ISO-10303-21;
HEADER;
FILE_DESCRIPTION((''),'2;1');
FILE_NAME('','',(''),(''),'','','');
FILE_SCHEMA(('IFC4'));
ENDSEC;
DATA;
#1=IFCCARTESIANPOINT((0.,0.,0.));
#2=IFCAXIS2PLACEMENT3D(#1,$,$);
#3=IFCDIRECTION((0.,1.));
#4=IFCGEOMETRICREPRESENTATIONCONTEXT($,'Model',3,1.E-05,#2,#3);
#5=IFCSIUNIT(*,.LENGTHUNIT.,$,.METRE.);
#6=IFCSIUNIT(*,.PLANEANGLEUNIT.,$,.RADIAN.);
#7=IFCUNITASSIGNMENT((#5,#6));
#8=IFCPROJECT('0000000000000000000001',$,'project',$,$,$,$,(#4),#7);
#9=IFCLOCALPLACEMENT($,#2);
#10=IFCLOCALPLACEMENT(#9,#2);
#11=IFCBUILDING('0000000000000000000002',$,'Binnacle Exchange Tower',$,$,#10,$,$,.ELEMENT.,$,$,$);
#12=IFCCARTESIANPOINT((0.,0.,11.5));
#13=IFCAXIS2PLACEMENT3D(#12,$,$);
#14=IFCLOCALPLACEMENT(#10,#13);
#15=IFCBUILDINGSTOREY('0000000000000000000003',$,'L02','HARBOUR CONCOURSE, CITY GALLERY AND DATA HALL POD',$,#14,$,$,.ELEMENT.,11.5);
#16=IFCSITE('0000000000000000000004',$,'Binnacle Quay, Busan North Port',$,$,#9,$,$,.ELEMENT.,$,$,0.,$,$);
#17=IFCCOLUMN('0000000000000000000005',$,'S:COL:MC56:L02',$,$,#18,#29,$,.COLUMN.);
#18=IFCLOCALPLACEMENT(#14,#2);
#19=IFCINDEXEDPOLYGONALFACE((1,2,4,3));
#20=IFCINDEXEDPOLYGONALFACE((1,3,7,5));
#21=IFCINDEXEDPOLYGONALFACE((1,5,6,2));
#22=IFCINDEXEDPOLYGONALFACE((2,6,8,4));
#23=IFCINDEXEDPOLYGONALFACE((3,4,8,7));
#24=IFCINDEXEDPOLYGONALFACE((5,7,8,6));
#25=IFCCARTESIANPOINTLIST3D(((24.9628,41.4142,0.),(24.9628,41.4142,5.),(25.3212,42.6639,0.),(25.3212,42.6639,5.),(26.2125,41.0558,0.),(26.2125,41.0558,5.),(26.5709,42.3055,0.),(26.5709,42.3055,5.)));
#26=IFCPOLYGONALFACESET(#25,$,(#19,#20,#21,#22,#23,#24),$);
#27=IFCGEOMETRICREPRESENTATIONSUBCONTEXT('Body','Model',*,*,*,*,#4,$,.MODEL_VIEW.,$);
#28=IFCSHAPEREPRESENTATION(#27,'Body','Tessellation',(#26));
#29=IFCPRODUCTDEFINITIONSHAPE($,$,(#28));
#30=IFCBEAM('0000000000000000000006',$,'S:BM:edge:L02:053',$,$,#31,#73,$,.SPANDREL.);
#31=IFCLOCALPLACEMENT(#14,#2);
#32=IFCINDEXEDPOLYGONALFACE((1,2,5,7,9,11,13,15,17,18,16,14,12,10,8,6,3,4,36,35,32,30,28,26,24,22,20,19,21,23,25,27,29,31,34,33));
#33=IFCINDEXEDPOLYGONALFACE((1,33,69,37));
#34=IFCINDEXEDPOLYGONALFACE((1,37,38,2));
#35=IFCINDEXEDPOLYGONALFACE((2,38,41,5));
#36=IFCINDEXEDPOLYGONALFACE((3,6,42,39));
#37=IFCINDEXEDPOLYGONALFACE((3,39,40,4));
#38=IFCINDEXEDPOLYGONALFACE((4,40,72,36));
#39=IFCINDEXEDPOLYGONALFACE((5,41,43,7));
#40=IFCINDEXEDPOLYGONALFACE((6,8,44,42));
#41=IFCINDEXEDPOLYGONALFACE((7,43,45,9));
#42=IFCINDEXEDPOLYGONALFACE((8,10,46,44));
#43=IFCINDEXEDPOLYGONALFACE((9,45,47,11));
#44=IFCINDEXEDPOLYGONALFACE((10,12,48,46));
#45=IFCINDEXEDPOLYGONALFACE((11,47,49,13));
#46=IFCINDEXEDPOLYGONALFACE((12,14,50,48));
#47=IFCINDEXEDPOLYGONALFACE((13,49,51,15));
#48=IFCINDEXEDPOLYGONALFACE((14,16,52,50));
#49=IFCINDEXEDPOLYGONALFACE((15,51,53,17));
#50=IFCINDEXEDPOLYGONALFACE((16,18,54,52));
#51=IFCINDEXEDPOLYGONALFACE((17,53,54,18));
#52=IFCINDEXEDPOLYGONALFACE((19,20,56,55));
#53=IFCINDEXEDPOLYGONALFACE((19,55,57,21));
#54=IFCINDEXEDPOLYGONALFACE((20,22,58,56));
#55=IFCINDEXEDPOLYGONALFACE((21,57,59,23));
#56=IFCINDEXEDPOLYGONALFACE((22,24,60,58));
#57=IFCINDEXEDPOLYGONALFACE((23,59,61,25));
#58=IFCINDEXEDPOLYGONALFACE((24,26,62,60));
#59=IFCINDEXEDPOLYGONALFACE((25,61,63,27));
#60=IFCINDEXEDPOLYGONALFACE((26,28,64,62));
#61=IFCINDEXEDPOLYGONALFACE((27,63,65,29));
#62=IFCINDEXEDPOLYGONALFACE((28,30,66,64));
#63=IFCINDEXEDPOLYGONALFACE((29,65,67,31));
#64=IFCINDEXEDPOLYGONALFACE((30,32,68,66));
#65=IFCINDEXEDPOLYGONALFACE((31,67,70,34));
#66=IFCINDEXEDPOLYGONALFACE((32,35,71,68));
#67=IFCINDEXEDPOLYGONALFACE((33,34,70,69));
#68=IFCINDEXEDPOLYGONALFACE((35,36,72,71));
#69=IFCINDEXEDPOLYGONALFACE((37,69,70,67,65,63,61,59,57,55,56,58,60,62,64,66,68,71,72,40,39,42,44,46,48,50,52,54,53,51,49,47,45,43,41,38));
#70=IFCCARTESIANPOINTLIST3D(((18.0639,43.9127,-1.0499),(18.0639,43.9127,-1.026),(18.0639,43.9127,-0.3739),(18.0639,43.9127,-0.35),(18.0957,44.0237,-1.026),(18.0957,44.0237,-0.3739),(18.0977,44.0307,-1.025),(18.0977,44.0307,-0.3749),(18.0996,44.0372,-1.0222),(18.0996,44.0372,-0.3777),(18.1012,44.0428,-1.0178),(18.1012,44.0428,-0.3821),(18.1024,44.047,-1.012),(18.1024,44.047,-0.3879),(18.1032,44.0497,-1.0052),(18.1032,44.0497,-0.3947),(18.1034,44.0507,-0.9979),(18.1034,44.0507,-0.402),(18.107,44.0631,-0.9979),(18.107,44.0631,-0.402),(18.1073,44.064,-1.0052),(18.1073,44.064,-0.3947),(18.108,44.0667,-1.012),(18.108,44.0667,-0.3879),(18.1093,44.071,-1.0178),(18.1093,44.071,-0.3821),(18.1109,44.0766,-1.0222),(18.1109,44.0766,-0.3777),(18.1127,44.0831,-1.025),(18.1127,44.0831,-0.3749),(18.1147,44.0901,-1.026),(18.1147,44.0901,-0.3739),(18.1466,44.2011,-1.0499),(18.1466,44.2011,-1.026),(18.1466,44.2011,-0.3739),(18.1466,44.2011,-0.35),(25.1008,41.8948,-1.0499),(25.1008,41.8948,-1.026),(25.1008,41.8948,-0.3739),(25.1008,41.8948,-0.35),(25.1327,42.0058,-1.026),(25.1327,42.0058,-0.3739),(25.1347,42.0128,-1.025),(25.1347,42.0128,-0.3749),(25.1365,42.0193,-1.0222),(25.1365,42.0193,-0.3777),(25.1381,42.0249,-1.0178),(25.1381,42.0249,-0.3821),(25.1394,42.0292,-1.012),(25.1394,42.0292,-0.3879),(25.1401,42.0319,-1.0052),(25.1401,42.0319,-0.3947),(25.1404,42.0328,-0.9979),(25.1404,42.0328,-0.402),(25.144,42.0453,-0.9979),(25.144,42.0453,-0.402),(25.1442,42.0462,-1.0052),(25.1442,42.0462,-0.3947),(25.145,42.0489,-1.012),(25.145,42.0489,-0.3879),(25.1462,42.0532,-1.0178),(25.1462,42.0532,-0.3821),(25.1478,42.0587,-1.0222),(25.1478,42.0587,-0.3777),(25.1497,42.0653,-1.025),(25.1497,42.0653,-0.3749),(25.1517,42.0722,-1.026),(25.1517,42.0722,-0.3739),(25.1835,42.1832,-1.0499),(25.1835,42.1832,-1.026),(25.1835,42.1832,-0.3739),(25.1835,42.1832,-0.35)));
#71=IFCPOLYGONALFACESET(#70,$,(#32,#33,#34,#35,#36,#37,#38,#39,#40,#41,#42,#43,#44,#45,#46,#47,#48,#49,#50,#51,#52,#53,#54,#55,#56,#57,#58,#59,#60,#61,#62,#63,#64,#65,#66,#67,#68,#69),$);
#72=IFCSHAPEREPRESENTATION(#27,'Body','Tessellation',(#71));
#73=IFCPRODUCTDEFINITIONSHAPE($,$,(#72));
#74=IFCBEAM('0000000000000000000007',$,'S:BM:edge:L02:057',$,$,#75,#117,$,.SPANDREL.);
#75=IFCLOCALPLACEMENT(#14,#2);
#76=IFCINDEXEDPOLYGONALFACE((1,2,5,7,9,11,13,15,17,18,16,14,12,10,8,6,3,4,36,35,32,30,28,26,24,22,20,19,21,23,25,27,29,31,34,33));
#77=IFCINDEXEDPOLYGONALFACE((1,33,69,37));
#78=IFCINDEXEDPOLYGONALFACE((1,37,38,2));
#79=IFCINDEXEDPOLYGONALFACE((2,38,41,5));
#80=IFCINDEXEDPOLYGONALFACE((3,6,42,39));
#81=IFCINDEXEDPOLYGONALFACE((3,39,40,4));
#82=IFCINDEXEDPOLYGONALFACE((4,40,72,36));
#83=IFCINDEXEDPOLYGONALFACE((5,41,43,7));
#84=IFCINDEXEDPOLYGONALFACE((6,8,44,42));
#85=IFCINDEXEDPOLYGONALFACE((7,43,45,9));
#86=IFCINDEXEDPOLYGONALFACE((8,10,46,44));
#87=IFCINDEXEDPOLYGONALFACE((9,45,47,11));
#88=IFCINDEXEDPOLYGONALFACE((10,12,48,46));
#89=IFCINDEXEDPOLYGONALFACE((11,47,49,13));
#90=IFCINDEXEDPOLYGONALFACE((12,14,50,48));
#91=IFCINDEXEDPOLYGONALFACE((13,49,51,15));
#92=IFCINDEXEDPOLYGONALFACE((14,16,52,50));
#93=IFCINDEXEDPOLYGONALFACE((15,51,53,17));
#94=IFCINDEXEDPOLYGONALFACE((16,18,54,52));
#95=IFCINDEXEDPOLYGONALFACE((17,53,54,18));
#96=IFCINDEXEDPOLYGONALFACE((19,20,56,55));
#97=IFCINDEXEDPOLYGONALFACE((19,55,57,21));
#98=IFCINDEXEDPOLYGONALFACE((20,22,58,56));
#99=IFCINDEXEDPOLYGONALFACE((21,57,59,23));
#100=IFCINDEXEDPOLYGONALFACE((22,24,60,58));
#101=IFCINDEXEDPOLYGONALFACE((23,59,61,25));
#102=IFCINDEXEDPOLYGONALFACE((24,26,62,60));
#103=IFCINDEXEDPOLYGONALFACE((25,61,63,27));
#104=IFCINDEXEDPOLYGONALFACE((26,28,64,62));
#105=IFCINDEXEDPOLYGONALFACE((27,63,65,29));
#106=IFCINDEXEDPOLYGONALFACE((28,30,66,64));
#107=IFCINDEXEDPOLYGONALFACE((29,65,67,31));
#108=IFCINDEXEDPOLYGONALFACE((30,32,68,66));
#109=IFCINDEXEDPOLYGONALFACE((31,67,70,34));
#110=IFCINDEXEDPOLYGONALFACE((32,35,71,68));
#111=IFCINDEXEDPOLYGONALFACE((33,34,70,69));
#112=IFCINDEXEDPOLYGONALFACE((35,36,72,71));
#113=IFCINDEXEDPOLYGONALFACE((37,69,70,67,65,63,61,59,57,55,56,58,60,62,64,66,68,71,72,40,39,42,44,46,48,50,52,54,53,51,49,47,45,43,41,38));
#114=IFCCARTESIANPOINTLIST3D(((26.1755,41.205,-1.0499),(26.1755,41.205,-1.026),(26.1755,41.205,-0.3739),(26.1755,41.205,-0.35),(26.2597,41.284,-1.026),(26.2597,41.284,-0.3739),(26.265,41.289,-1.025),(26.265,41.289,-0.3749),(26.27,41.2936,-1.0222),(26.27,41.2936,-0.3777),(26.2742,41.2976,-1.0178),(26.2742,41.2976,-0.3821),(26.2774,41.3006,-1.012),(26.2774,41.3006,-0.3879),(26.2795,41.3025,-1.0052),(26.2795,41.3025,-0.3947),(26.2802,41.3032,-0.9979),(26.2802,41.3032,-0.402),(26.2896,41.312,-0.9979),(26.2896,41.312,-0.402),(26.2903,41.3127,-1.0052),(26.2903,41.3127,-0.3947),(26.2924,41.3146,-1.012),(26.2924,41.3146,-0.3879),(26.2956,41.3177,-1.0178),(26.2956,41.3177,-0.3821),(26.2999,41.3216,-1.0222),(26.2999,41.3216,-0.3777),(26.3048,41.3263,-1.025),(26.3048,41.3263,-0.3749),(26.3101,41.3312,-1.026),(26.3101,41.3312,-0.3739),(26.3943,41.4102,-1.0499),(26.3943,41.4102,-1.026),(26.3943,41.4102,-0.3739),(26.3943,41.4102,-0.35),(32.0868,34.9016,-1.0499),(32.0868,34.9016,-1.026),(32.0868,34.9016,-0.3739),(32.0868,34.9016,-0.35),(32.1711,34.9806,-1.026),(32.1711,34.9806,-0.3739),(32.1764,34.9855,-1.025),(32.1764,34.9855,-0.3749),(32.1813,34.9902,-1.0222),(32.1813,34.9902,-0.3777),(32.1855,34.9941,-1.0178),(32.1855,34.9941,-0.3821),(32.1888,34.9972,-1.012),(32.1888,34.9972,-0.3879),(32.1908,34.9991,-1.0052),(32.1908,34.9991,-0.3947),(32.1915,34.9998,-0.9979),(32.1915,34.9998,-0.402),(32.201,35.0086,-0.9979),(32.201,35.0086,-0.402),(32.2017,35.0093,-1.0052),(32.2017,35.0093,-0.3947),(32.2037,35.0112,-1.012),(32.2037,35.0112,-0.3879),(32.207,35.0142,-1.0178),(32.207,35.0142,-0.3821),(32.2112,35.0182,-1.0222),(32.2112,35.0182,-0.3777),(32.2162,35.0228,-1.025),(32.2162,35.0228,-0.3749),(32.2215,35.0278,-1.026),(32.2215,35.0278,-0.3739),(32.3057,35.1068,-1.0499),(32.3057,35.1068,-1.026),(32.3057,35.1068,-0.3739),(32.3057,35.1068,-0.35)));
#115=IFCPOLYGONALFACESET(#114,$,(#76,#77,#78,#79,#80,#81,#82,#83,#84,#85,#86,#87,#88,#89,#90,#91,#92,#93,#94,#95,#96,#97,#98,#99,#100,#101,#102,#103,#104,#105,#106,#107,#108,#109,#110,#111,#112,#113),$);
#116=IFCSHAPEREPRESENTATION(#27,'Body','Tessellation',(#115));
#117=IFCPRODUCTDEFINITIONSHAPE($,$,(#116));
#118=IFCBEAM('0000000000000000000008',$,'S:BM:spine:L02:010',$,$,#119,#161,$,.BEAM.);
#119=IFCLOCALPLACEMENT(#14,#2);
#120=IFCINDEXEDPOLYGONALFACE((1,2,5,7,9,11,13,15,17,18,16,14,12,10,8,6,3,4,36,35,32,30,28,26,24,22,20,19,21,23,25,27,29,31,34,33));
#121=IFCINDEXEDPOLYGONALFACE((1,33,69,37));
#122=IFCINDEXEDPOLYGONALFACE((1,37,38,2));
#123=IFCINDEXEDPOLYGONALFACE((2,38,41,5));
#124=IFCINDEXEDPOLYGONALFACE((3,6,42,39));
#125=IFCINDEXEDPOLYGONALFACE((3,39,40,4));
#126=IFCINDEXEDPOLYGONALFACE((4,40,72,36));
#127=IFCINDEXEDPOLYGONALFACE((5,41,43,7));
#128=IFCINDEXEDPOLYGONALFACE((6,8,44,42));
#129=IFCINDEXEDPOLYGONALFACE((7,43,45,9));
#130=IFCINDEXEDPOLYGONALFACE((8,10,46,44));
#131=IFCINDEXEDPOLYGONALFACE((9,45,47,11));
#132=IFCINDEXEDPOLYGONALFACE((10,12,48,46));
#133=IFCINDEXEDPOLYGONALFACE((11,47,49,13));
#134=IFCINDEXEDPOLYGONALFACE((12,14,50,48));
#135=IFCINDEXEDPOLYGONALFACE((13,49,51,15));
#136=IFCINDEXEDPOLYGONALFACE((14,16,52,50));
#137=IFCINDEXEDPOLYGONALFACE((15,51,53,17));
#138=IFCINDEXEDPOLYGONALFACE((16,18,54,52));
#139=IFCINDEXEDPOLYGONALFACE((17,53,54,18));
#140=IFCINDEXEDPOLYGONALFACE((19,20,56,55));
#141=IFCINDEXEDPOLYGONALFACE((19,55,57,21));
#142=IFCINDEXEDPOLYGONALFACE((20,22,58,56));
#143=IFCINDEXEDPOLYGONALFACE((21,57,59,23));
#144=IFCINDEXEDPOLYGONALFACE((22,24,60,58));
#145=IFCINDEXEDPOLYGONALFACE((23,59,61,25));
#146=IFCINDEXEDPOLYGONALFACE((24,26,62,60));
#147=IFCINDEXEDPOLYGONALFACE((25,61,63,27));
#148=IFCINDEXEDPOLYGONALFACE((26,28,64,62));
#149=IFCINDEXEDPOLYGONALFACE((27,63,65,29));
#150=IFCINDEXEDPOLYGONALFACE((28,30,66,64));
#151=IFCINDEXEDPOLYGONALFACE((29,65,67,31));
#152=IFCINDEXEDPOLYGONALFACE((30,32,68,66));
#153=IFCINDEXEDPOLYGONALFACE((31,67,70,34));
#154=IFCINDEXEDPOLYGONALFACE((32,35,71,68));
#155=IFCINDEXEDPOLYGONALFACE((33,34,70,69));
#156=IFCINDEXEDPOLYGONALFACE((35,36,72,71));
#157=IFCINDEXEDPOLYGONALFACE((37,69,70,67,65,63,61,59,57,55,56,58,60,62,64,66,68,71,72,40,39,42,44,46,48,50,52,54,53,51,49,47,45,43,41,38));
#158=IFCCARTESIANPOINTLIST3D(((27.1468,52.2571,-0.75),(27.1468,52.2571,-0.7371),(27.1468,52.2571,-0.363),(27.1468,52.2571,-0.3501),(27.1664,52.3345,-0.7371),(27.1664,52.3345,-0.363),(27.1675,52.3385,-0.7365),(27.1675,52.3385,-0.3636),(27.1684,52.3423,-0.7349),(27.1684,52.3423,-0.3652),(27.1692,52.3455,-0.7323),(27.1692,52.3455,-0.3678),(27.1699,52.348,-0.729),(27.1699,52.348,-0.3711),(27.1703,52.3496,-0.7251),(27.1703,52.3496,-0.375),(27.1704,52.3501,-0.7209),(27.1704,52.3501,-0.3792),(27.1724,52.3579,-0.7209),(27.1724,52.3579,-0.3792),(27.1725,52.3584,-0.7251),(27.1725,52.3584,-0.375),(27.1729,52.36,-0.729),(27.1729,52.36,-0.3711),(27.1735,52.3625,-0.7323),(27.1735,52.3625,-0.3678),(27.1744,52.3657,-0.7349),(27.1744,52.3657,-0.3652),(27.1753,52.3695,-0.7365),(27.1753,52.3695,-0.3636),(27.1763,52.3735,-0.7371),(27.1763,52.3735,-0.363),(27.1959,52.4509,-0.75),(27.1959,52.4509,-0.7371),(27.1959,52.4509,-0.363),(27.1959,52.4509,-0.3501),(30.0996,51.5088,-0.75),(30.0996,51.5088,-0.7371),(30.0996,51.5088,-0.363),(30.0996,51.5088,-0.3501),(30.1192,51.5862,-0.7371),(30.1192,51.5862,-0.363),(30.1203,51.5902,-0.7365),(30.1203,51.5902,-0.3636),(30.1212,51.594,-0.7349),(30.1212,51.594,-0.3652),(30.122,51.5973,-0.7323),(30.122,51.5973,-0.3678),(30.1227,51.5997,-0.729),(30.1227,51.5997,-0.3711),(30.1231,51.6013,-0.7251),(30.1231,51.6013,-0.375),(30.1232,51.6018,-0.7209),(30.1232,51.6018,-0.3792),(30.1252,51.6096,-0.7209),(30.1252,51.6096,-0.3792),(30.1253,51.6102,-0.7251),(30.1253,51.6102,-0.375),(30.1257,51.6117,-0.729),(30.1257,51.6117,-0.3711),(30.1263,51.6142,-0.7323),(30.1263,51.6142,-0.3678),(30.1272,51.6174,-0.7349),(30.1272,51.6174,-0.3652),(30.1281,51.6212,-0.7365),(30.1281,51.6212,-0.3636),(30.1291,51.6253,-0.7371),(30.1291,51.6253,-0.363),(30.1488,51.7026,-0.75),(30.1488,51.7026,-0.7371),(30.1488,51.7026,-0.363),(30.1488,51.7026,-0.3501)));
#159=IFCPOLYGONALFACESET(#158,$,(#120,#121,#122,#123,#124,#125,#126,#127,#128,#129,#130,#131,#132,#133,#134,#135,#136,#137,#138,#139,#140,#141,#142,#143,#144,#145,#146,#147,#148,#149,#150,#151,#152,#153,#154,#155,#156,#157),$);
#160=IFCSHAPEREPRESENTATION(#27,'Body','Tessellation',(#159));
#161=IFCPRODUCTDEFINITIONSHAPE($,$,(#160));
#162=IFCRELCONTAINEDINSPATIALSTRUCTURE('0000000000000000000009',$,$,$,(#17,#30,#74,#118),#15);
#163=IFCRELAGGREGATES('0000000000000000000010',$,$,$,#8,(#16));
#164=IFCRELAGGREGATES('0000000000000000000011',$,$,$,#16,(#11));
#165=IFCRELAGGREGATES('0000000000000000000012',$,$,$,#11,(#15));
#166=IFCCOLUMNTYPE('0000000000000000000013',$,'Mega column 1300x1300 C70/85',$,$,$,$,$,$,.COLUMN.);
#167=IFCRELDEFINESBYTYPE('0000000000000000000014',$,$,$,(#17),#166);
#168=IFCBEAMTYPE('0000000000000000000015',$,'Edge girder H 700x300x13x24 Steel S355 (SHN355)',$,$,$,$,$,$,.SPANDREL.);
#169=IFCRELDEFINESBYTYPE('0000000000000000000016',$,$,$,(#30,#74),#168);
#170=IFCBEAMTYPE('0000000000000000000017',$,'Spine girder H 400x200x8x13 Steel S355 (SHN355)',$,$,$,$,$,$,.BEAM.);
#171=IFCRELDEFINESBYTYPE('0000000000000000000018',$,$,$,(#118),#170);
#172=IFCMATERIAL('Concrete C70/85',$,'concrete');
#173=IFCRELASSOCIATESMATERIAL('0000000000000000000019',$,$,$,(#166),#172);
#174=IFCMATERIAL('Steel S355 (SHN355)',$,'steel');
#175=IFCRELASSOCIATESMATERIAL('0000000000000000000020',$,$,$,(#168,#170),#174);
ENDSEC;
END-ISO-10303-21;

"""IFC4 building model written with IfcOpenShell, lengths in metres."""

from ifc_helpers import new_model, si_unit, direction, frame, origin, origin_2d, place, context, subcontext, project, spatial, rectangle, i_section, extrude, material, material_profile, profile_set, type_object, element, save


model = new_model("IFC4")

# Units and contexts
model_context = context("Model", 3, precision=1e-05, world=origin(), true_north=direction((0.0, 1.0)))
body_context = subcontext(model_context, "Body", "Model", "MODEL_VIEW")
ifc_project = project(units=[si_unit("LENGTHUNIT", "METRE"), si_unit("PLANEANGLEUNIT", "RADIAN")], contexts=[model_context])

# Site, building, storey
site_placement = place(None, origin())
site = spatial("IfcSite", under=ifc_project, at=site_placement, Name="Binnacle Quay, Busan North Port", CompositionType="ELEMENT", RefElevation=0.0)
building_placement = place(site_placement, origin())
building = spatial("IfcBuilding", under=site, at=building_placement, Name="Binnacle Exchange Tower", CompositionType="ELEMENT")
storey_placement = place(building_placement, frame((0.0, 0.0, 11.5)))
storey = spatial("IfcBuildingStorey", under=building, at=storey_placement, Name="L02", Description="HARBOUR CONCOURSE, CITY GALLERY AND DATA HALL POD", CompositionType="ELEMENT", Elevation=11.5)

# Column
ifc_material_1 = material(Name="Concrete C70/85", Category="concrete")
ifc_material_profile_1 = material_profile(ifc_material_1, rectangle(XDim=1.3, YDim=1.3, at=origin_2d()), Name="Mega column 1300x1300 C70/85")
ifc_profile_set_1 = profile_set([ifc_material_profile_1], Name="Concrete C70/85")
column_type = type_object("IfcColumnType", Name="Mega column 1300x1300 C70/85", PredefinedType="COLUMN", material=ifc_profile_set_1)
column_placement = place(storey_placement, frame((25.7668, 41.8599, 0.0), z_axis=(0.0, 0.0, 1.0), x_axis=(0.961262, -0.275637, 0.0)))
element("IfcColumn", 1, at=column_placement, inside=storey, type_object=column_type, Name="S:COL:MC56:L02", PredefinedType="COLUMN", context=body_context, shape_type="SweptSolid", body=[
    extrude(rectangle(XDim=1.3, YDim=1.3, at=origin_2d()), origin(), (0.0, 0.0, 1.0), 5.0),
])

# Beams
ifc_material_2 = material(Name="Steel S355 (SHN355)", Category="steel")
ifc_material_profile_2 = material_profile(ifc_material_2, i_section(OverallWidth=0.3, OverallDepth=0.7, WebThickness=0.0129, FlangeThickness=0.0239, FilletRadius=0.0281, at=origin_2d()), Name="H 700x300x13x24")
ifc_profile_set_2 = profile_set([ifc_material_profile_2], Name="Steel S355 (SHN355)")
beam_type_1 = type_object("IfcBeamType", Name="Edge girder H 700x300x13x24 Steel S355 (SHN355)", PredefinedType="SPANDREL", material=ifc_profile_set_2)
beam_1_placement = place(storey_placement, frame((18.1052, 44.0569, -0.7), z_axis=(0.96126, -0.275642, 0.0), x_axis=(0.275642, 0.96126, 0.0)))
element("IfcBeam", 2, at=beam_1_placement, inside=storey, type_object=beam_type_1, Name="S:BM:edge:L02:053", PredefinedType="SPANDREL", context=body_context, shape_type="SweptSolid", body=[
    extrude(i_section(OverallWidth=0.3, OverallDepth=0.7, WebThickness=0.0129, FlangeThickness=0.0239, FilletRadius=0.0281, at=origin_2d()), origin(), (0.0, 0.0, 1.0), 7.3206),
])
beam_2_placement = place(storey_placement, frame((26.2849, 41.3076, -0.7), z_axis=(0.684057, -0.729429, 0.0), x_axis=(0.729429, 0.684057, 0.0)))
element("IfcBeam", 3, at=beam_2_placement, inside=storey, type_object=beam_type_1, Name="S:BM:edge:L02:057", PredefinedType="SPANDREL", context=body_context, shape_type="SweptSolid", body=[
    extrude(i_section(OverallWidth=0.3, OverallDepth=0.7, WebThickness=0.0129, FlangeThickness=0.0239, FilletRadius=0.0281, at=origin_2d()), origin(), (0.0, 0.0, 1.0), 8.6416),
])
ifc_material_profile_3 = material_profile(ifc_material_2, i_section(OverallWidth=0.2, OverallDepth=0.3999, WebThickness=0.0081, FlangeThickness=0.0129, FilletRadius=0.0161, at=origin_2d()), Name="H 400x200x8x13")
ifc_profile_set_3 = profile_set([ifc_material_profile_3], Name="Steel S355 (SHN355)")
beam_type_2 = type_object("IfcBeamType", Name="Spine girder H 400x200x8x13 Steel S355 (SHN355)", PredefinedType="BEAM", material=ifc_profile_set_3)
beam_3_placement = place(storey_placement, frame((27.1714, 52.354, -0.55), z_axis=(0.96936, -0.245646, 0.0), x_axis=(0.245646, 0.96936, 0.0)))
element("IfcBeam", 4, at=beam_3_placement, inside=storey, type_object=beam_type_2, Name="S:BM:spine:L02:010", PredefinedType="BEAM", context=body_context, shape_type="SweptSolid", body=[
    extrude(i_section(OverallWidth=0.2, OverallDepth=0.3999, WebThickness=0.0081, FlangeThickness=0.0129, FilletRadius=0.0161, at=origin_2d()), origin(), (0.0, 0.0, 1.0), 3.0461),
])

save(model, "model.ifc")
